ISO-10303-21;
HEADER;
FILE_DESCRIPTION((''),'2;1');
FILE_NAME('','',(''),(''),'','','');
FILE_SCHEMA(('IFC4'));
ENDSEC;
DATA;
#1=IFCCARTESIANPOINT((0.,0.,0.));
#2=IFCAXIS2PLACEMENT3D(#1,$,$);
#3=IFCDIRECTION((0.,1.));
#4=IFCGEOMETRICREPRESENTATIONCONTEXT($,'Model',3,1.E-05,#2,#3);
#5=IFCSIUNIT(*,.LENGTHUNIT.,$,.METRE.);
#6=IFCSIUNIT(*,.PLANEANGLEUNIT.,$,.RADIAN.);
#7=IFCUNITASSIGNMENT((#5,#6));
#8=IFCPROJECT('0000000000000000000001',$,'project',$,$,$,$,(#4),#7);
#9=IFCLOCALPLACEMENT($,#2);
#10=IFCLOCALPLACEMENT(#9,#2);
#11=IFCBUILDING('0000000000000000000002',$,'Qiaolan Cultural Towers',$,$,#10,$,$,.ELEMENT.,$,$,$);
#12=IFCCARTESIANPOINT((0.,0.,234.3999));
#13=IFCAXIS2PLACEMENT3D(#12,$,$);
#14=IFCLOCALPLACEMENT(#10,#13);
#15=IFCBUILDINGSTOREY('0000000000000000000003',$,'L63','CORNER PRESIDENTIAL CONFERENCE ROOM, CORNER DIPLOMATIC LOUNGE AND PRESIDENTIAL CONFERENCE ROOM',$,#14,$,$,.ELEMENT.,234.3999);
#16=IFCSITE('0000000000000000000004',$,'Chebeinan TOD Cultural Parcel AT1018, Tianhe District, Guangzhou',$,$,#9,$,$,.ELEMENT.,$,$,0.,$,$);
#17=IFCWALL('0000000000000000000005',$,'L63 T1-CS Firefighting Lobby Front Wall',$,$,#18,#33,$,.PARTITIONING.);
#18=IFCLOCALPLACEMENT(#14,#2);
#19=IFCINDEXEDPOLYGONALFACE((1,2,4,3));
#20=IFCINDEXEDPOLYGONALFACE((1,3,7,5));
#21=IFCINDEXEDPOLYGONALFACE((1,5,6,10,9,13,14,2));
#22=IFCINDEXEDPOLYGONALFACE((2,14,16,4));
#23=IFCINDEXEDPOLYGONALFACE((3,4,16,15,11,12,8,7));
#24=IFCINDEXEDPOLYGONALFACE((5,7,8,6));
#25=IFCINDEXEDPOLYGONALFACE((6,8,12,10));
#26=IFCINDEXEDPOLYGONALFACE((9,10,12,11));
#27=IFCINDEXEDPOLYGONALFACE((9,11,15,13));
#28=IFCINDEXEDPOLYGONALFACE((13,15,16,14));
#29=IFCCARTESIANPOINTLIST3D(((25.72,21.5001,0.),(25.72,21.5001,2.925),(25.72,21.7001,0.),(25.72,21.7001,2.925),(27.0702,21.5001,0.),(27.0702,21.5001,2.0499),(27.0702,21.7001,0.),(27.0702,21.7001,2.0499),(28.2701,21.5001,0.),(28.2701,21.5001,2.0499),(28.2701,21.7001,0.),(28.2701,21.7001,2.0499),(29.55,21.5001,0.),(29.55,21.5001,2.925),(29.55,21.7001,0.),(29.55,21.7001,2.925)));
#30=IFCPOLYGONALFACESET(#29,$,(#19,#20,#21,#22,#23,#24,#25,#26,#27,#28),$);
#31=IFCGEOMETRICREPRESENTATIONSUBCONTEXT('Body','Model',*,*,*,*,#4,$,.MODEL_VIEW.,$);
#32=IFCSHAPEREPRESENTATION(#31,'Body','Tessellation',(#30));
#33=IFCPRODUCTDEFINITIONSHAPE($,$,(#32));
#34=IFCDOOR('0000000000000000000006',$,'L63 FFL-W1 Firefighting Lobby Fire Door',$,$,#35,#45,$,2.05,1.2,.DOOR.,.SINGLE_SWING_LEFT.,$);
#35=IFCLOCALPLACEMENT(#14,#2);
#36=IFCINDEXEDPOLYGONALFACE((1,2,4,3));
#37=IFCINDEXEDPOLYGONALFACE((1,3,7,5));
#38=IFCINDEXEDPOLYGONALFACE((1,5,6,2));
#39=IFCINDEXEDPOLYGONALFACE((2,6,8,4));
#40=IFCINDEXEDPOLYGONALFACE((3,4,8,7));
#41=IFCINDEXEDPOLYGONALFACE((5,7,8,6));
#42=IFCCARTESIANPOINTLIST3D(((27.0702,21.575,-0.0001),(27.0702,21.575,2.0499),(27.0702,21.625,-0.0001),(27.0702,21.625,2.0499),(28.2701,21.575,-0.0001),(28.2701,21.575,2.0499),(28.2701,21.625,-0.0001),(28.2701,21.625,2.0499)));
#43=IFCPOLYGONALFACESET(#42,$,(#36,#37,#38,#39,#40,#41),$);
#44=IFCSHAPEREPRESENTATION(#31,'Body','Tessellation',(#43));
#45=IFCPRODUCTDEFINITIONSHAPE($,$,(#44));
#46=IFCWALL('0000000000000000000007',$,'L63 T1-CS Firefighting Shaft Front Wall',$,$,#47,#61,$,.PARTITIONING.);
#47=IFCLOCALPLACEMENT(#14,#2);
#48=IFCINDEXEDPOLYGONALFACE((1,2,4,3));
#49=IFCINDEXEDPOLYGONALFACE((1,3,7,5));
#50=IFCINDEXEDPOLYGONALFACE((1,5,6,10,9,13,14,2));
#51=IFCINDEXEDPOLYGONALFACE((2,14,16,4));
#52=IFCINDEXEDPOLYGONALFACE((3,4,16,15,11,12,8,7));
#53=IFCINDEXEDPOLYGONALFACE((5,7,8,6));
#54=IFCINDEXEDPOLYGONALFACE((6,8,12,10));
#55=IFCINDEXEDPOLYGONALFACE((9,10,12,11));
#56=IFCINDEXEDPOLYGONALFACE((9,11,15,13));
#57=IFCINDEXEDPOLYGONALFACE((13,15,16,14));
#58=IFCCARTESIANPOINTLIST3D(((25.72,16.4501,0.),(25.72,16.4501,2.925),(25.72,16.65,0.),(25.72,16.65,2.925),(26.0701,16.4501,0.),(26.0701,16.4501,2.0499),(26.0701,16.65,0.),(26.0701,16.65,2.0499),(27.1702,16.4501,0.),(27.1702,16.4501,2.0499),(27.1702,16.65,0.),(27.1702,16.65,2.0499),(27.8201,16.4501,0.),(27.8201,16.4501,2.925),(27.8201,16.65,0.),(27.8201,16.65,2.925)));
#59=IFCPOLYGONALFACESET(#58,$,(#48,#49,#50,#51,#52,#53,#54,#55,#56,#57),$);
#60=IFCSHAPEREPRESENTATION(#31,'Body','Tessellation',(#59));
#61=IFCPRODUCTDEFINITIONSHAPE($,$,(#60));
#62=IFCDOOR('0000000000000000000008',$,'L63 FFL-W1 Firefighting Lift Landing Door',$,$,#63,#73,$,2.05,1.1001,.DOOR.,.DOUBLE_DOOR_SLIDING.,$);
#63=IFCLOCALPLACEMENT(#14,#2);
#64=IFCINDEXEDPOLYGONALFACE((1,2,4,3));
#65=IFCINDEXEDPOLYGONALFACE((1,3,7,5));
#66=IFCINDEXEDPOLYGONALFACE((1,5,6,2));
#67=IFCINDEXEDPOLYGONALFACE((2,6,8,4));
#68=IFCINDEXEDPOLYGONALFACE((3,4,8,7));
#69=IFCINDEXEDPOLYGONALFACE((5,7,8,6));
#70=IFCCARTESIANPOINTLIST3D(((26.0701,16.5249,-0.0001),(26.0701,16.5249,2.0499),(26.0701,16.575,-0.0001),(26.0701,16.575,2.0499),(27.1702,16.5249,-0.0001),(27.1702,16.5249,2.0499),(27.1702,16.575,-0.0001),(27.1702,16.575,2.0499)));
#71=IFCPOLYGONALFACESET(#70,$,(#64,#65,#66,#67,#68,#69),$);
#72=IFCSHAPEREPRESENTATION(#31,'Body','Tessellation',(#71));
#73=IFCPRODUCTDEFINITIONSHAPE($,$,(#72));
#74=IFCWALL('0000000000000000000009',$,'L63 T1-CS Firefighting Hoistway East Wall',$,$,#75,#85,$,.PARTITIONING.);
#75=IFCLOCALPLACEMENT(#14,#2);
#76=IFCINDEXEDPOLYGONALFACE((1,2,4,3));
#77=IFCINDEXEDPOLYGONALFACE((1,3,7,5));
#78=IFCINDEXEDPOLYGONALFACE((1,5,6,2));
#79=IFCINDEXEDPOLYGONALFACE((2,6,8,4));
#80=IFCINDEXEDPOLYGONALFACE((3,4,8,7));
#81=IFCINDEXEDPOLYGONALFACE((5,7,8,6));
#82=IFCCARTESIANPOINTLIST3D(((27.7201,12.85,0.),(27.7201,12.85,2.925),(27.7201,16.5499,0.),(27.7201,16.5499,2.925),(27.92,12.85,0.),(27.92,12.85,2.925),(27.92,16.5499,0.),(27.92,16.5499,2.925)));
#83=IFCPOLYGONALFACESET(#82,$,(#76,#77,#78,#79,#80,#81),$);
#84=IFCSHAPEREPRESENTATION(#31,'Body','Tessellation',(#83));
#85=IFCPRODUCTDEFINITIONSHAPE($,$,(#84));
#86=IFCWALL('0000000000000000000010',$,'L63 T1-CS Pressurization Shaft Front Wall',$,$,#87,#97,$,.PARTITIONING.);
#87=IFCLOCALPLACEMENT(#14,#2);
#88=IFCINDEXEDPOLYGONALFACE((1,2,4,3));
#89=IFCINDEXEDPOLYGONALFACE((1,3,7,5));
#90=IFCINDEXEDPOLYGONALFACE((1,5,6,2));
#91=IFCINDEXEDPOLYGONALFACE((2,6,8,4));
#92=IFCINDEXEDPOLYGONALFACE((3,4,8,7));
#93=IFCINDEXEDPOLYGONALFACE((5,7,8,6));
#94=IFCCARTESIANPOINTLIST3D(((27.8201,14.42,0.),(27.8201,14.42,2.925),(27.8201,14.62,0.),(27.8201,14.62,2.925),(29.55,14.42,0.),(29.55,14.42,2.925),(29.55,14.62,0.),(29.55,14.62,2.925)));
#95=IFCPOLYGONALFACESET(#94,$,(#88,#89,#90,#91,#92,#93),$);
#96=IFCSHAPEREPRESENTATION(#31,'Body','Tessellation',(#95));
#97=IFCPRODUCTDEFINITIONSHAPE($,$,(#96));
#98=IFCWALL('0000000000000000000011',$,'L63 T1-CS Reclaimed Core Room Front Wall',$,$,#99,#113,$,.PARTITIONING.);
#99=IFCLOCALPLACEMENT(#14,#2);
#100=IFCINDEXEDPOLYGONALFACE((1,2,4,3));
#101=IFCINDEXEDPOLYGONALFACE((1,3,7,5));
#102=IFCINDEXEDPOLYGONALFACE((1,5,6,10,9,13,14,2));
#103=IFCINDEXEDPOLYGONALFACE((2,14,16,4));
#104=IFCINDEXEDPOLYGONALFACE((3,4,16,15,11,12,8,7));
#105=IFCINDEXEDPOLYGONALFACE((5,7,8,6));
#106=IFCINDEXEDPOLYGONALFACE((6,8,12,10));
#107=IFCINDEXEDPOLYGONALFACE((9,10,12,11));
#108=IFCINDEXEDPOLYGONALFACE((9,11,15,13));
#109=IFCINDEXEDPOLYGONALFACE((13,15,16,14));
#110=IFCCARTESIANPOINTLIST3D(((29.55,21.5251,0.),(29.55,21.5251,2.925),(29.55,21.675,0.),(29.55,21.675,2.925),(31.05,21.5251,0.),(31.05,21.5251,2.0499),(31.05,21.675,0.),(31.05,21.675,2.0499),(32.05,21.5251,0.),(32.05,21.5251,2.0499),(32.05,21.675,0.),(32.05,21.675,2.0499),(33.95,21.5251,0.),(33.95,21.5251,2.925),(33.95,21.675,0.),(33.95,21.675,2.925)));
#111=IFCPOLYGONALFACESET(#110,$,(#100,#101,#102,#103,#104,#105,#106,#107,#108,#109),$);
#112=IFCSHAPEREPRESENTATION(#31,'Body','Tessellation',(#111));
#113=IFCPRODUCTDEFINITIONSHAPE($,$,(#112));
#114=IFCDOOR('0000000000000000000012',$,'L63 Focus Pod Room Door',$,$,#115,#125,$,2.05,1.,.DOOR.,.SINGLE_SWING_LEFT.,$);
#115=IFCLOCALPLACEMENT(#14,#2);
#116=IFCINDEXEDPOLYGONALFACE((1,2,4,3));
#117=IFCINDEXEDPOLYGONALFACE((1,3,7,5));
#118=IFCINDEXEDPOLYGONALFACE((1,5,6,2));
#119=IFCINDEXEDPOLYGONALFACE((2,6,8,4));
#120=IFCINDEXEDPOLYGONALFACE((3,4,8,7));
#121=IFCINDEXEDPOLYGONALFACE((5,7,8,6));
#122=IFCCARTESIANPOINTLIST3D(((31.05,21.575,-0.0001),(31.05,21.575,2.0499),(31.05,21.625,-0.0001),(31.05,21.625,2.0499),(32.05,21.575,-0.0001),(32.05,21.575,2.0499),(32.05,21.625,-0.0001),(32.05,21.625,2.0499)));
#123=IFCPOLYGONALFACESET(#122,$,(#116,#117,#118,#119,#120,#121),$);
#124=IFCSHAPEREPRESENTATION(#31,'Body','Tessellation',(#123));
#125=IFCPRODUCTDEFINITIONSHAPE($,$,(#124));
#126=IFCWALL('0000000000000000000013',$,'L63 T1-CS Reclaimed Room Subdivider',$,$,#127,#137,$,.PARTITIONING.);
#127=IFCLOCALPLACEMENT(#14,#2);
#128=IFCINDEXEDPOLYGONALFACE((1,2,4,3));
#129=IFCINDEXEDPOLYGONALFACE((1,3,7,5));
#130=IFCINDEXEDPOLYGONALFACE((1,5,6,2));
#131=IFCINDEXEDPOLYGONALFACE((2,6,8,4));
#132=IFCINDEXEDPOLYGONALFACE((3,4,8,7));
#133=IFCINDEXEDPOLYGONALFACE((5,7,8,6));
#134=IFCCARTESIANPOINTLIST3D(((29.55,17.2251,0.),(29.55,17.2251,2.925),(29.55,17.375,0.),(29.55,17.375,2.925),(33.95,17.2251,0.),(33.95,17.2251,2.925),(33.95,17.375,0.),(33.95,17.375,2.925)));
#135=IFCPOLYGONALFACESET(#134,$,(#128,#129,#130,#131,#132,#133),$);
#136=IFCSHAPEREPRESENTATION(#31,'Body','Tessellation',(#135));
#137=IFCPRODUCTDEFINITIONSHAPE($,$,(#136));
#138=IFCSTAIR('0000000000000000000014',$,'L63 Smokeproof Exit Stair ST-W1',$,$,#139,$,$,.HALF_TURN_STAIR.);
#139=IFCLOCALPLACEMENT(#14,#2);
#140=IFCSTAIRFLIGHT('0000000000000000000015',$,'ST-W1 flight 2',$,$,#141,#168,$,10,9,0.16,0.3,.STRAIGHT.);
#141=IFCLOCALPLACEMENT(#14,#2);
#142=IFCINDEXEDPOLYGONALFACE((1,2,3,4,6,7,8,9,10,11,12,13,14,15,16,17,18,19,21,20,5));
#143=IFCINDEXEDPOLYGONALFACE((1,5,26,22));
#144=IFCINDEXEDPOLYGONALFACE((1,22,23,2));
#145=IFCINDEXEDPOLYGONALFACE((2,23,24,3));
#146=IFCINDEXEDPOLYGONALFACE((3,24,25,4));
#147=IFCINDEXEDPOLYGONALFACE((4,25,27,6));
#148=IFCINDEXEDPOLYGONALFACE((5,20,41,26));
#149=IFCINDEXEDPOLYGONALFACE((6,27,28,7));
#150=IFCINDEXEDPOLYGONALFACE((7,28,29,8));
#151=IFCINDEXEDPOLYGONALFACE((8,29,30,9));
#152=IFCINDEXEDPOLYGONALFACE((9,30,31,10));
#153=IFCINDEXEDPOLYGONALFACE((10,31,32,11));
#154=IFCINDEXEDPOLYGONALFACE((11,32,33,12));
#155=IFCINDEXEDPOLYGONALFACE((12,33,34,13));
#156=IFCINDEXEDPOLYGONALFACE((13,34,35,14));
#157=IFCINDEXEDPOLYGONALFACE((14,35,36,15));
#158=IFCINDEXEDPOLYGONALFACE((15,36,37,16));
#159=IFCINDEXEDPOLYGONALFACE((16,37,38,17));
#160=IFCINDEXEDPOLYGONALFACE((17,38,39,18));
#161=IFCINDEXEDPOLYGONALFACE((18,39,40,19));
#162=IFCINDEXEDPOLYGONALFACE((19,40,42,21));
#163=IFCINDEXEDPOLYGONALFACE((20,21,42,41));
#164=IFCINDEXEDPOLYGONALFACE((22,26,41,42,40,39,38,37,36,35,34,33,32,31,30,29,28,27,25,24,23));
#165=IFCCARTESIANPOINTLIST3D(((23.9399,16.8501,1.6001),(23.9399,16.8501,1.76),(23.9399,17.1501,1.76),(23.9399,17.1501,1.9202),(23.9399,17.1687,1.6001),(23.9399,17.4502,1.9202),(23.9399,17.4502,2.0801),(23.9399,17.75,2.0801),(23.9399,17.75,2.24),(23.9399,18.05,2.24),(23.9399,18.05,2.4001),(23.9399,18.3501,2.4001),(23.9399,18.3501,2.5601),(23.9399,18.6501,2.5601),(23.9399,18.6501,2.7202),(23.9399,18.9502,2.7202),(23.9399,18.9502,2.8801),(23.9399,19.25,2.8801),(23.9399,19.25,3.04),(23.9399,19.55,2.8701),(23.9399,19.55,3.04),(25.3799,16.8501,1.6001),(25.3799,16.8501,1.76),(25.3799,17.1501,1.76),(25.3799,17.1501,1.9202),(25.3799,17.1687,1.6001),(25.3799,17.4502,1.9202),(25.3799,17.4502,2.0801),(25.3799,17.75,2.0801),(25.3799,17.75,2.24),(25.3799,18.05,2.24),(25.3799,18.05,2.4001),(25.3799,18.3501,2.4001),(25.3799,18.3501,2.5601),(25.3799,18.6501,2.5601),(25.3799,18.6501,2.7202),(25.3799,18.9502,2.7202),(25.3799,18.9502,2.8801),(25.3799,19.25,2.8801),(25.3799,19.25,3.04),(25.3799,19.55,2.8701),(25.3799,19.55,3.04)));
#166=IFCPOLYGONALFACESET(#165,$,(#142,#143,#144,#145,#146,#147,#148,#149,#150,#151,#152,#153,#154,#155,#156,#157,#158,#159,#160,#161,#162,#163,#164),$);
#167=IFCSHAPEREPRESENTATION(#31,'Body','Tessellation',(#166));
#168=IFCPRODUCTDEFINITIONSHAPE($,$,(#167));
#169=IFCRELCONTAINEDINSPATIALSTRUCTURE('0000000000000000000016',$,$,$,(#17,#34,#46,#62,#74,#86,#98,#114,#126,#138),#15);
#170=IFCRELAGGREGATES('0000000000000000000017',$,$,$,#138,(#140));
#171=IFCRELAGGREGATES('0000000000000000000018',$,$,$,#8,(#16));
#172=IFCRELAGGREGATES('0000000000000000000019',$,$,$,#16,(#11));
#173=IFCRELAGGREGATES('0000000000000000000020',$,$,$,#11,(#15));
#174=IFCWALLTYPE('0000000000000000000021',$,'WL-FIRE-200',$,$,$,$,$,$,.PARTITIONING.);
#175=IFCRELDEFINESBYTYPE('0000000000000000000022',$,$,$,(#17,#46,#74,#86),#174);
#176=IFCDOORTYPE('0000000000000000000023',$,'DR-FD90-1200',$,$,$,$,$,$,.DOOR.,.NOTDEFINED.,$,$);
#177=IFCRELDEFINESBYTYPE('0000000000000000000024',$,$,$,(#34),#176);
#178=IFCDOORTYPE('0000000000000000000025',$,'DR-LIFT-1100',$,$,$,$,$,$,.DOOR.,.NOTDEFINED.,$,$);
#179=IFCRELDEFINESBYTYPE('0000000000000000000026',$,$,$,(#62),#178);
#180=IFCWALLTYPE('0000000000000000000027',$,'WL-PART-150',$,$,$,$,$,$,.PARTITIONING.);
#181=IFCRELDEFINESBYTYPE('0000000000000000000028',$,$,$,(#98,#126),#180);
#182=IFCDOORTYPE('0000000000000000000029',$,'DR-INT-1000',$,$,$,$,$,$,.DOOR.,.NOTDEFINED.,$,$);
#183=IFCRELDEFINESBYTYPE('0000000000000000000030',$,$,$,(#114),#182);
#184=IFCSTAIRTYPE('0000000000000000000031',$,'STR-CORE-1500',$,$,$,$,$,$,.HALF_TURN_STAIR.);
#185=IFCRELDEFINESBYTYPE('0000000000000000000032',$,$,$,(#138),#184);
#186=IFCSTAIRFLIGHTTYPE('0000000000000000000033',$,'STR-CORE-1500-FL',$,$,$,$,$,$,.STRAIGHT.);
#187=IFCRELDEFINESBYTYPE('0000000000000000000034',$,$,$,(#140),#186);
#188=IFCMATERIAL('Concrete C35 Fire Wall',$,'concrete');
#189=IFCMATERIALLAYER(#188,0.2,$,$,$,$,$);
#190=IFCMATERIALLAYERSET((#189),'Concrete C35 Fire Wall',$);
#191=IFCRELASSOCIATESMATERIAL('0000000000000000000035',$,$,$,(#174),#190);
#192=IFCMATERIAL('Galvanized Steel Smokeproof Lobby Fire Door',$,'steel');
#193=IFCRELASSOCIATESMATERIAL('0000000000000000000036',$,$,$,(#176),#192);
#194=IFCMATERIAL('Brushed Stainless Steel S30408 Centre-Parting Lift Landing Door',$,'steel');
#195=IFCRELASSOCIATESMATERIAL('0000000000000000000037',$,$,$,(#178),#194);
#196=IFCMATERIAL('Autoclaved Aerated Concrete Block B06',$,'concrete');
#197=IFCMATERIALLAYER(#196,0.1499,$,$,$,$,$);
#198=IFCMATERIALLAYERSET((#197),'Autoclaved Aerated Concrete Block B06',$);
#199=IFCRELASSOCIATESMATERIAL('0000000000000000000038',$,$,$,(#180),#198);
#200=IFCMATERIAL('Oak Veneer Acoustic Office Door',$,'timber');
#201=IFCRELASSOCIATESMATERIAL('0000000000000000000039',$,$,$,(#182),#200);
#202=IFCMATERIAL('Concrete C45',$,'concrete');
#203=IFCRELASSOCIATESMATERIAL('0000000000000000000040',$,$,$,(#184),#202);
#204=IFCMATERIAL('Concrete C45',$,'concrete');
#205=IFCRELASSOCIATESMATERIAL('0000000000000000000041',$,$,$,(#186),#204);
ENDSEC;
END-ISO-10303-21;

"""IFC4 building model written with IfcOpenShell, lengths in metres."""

from ifc_helpers import new_model, si_unit, direction, frame, frame_2d, origin, place, context, subcontext, project, spatial, polyline, rectangle, outline, extrude, material, layer, layer_set, type_object, element, fill, aggregate, save


model = new_model("IFC4")

# Units and contexts
model_context = context("Model", 3, precision=1e-05, world=origin(), true_north=direction((0.0, 1.0)))
body_context = subcontext(model_context, "Body", "Model", "MODEL_VIEW")
ifc_project = project(units=[si_unit("LENGTHUNIT", "METRE"), si_unit("PLANEANGLEUNIT", "RADIAN")], contexts=[model_context])

# Site, building, storey
site_placement = place(None, origin())
site = spatial("IfcSite", under=ifc_project, at=site_placement, Name="Chebeinan TOD Cultural Parcel AT1018, Tianhe District, Guangzhou", CompositionType="ELEMENT", RefElevation=0.0)
building_placement = place(site_placement, origin())
building = spatial("IfcBuilding", under=site, at=building_placement, Name="Qiaolan Cultural Towers", CompositionType="ELEMENT")
storey_placement = place(building_placement, frame((0.0, 0.0, 234.3999)))
storey = spatial("IfcBuildingStorey", under=building, at=storey_placement, Name="L63", Description="CORNER PRESIDENTIAL CONFERENCE ROOM, CORNER DIPLOMATIC LOUNGE AND PRESIDENTIAL CONFERENCE ROOM", CompositionType="ELEMENT", Elevation=234.3999)

# Shared definitions
ifc_material_1 = material(Name="Concrete C35 Fire Wall", Category="concrete")
ifc_layer_1 = layer(ifc_material_1, 0.2)
ifc_layer_set_1 = layer_set([ifc_layer_1], Name="Concrete C35 Fire Wall")
wall_type_1 = type_object("IfcWallType", Name="WL-FIRE-200", PredefinedType="PARTITIONING", material=ifc_layer_set_1)

# Walls, openings, doors
wall_1_placement = place(storey_placement, frame((25.72, 21.6001, 0.0), z_axis=(0.0, 0.0, 1.0), x_axis=(1.0, 0.0, 0.0)))
wall_1 = element("IfcWall", 1, at=wall_1_placement, inside=storey, type_object=wall_type_1, Name="L63 T1-CS Firefighting Lobby Front Wall", PredefinedType="PARTITIONING", context=body_context, shape_type="SweptSolid", body=[
    extrude(rectangle(XDim=3.8301, YDim=0.2, at=frame_2d((1.915, 0.0))), origin(), (0.0, 0.0, 1.0), 2.925),
])
opening_1_placement = place(wall_1_placement, frame((1.3501, 0.0, 0.0)))
opening_1 = element("IfcOpeningElement", 2, at=opening_1_placement, cuts=wall_1, PredefinedType="OPENING", context=body_context, shape_type="SweptSolid", body=[
    extrude(rectangle(XDim=1.2, YDim=2.05, at=frame_2d((0.6001, 1.0249))), frame((0.0, 0.1099, 0.0), z_axis=(0.0, -1.0, 0.0), x_axis=(1.0, 0.0, 0.0)), (0.0, 0.0, 1.0), 0.22),
])
ifc_material_2 = material(Name="Galvanized Steel Smokeproof Lobby Fire Door", Category="steel")
door_type_1 = type_object("IfcDoorType", Name="DR-FD90-1200", OperationType="NOTDEFINED", PredefinedType="DOOR", material=ifc_material_2)
door_1_placement = place(opening_1_placement, origin())
door_1 = element("IfcDoor", 3, at=door_1_placement, inside=storey, type_object=door_type_1, Name="L63 FFL-W1 Firefighting Lobby Fire Door", OperationType="SINGLE_SWING_LEFT", OverallHeight=2.05, OverallWidth=1.2, PredefinedType="DOOR", context=body_context, shape_type="SweptSolid", body=[
    extrude(rectangle(XDim=1.2, YDim=2.05, at=frame_2d((0.6001, 1.0249))), frame((0.0, 0.0249, 0.0), z_axis=(0.0, -1.0, 0.0), x_axis=(1.0, 0.0, 0.0)), (0.0, 0.0, 1.0), 0.05),
])
fill(opening_1, door_1)
wall_2_placement = place(storey_placement, frame((25.72, 16.55, 0.0), z_axis=(0.0, 0.0, 1.0), x_axis=(1.0, 0.0, 0.0)))
wall_2 = element("IfcWall", 4, at=wall_2_placement, inside=storey, type_object=wall_type_1, Name="L63 T1-CS Firefighting Shaft Front Wall", PredefinedType="PARTITIONING", context=body_context, shape_type="SweptSolid", body=[
    extrude(rectangle(XDim=2.1001, YDim=0.2, at=frame_2d((1.05, 0.0))), origin(), (0.0, 0.0, 1.0), 2.925),
])
opening_2_placement = place(wall_2_placement, frame((0.3501, 0.0, 0.0)))
opening_2 = element("IfcOpeningElement", 5, at=opening_2_placement, cuts=wall_2, PredefinedType="OPENING", context=body_context, shape_type="SweptSolid", body=[
    extrude(rectangle(XDim=1.1001, YDim=2.05, at=frame_2d((0.55, 1.0249))), frame((0.0, 0.1099, 0.0), z_axis=(0.0, -1.0, 0.0), x_axis=(1.0, 0.0, 0.0)), (0.0, 0.0, 1.0), 0.22),
])
ifc_material_3 = material(Name="Brushed Stainless Steel S30408 Centre-Parting Lift Landing Door", Category="steel")
door_type_2 = type_object("IfcDoorType", Name="DR-LIFT-1100", OperationType="NOTDEFINED", PredefinedType="DOOR", material=ifc_material_3)
door_2_placement = place(opening_2_placement, origin())
door_2 = element("IfcDoor", 6, at=door_2_placement, inside=storey, type_object=door_type_2, Name="L63 FFL-W1 Firefighting Lift Landing Door", OperationType="DOUBLE_DOOR_SLIDING", OverallHeight=2.05, OverallWidth=1.1001, PredefinedType="DOOR", context=body_context, shape_type="SweptSolid", body=[
    extrude(rectangle(XDim=1.1001, YDim=2.05, at=frame_2d((0.55, 1.0249))), frame((0.0, 0.0249, 0.0), z_axis=(0.0, -1.0, 0.0), x_axis=(1.0, 0.0, 0.0)), (0.0, 0.0, 1.0), 0.05),
])
fill(opening_2, door_2)

# Walls
wall_3_placement = place(storey_placement, frame((27.8201, 16.55, 0.0), z_axis=(0.0, 0.0, 1.0), x_axis=(0.0, -1.0, 0.0)))
element("IfcWall", 7, at=wall_3_placement, inside=storey, type_object=wall_type_1, Name="L63 T1-CS Firefighting Hoistway East Wall", PredefinedType="PARTITIONING", context=body_context, shape_type="SweptSolid", body=[
    extrude(rectangle(XDim=3.7, YDim=0.2, at=frame_2d((1.8501, 0.0))), origin(), (0.0, 0.0, 1.0), 2.925),
])
wall_4_placement = place(storey_placement, frame((27.8201, 14.52, 0.0), z_axis=(0.0, 0.0, 1.0), x_axis=(1.0, 0.0, 0.0)))
element("IfcWall", 8, at=wall_4_placement, inside=storey, type_object=wall_type_1, Name="L63 T1-CS Pressurization Shaft Front Wall", PredefinedType="PARTITIONING", context=body_context, shape_type="SweptSolid", body=[
    extrude(rectangle(XDim=1.73, YDim=0.2, at=frame_2d((0.865, 0.0))), origin(), (0.0, 0.0, 1.0), 2.925),
])

# Wall, opening, door
ifc_material_4 = material(Name="Autoclaved Aerated Concrete Block B06", Category="concrete")
ifc_layer_2 = layer(ifc_material_4, 0.1499)
ifc_layer_set_2 = layer_set([ifc_layer_2], Name="Autoclaved Aerated Concrete Block B06")
wall_type_2 = type_object("IfcWallType", Name="WL-PART-150", PredefinedType="PARTITIONING", material=ifc_layer_set_2)
wall_5_placement = place(storey_placement, frame((29.55, 21.6001, 0.0), z_axis=(0.0, 0.0, 1.0), x_axis=(1.0, 0.0, 0.0)))
wall_5 = element("IfcWall", 9, at=wall_5_placement, inside=storey, type_object=wall_type_2, Name="L63 T1-CS Reclaimed Core Room Front Wall", PredefinedType="PARTITIONING", context=body_context, shape_type="SweptSolid", body=[
    extrude(rectangle(XDim=4.3999, YDim=0.1499, at=frame_2d((2.2, 0.0))), origin(), (0.0, 0.0, 1.0), 2.925),
])
opening_3_placement = place(wall_5_placement, frame((1.5, 0.0, 0.0)))
opening_3 = element("IfcOpeningElement", 10, at=opening_3_placement, cuts=wall_5, PredefinedType="OPENING", context=body_context, shape_type="SweptSolid", body=[
    extrude(rectangle(XDim=1.0, YDim=2.05, at=frame_2d((0.5, 1.0249))), frame((0.0, 0.085, 0.0), z_axis=(0.0, -1.0, 0.0), x_axis=(1.0, 0.0, 0.0)), (0.0, 0.0, 1.0), 0.1699),
])
ifc_material_5 = material(Name="Oak Veneer Acoustic Office Door", Category="timber")
door_type_3 = type_object("IfcDoorType", Name="DR-INT-1000", OperationType="NOTDEFINED", PredefinedType="DOOR", material=ifc_material_5)
door_3_placement = place(opening_3_placement, origin())
door_3 = element("IfcDoor", 11, at=door_3_placement, inside=storey, type_object=door_type_3, Name="L63 Focus Pod Room Door", OperationType="SINGLE_SWING_LEFT", OverallHeight=2.05, OverallWidth=1.0, PredefinedType="DOOR", context=body_context, shape_type="SweptSolid", body=[
    extrude(rectangle(XDim=1.0, YDim=2.05, at=frame_2d((0.5, 1.0249))), frame((0.0, 0.0249, 0.0), z_axis=(0.0, -1.0, 0.0), x_axis=(1.0, 0.0, 0.0)), (0.0, 0.0, 1.0), 0.05),
])
fill(opening_3, door_3)

# Wall
wall_6_placement = place(storey_placement, frame((29.55, 17.3, 0.0), z_axis=(0.0, 0.0, 1.0), x_axis=(1.0, 0.0, 0.0)))
element("IfcWall", 12, at=wall_6_placement, inside=storey, type_object=wall_type_2, Name="L63 T1-CS Reclaimed Room Subdivider", PredefinedType="PARTITIONING", context=body_context, shape_type="SweptSolid", body=[
    extrude(rectangle(XDim=4.3999, YDim=0.1499, at=frame_2d((2.2, 0.0))), origin(), (0.0, 0.0, 1.0), 2.925),
])

# Stair, stair flight
ifc_material_6 = material(Name="Concrete C45", Category="concrete")
stair_type = type_object("IfcStairType", Name="STR-CORE-1500", PredefinedType="HALF_TURN_STAIR", material=ifc_material_6)
stair_placement = place(storey_placement, origin())
stair = element("IfcStair", 13, at=stair_placement, inside=storey, type_object=stair_type, Name="L63 Smokeproof Exit Stair ST-W1", PredefinedType="HALF_TURN_STAIR")
ifc_material_7 = material(Name="Concrete C45", Category="concrete")
stair_flight_type = type_object("IfcStairFlightType", Name="STR-CORE-1500-FL", PredefinedType="STRAIGHT", material=ifc_material_7)
stair_flight_placement = place(storey_placement, frame((24.6599, 16.8501, 1.6001), z_axis=(0.0, 0.0, 1.0), x_axis=(0.0, 1.0, 0.0)))
stair_flight = element("IfcStairFlight", 14, at=stair_flight_placement, type_object=stair_flight_type, Name="ST-W1 flight 2", NumberOfRisers=10, NumberOfTreads=9, PredefinedType="STRAIGHT", RiserHeight=0.16, TreadLength=0.3, context=body_context, shape_type="SweptSolid", body=[
    extrude(outline(polyline([(0.0, 0.0), (0.0, 0.1599), (0.3, 0.1599), (0.3, 0.3201), (0.6001, 0.3201), (0.6001, 0.48), (0.8999, 0.48), (0.8999, 0.6399), (1.2, 0.6399), (1.2, 0.8), (1.5, 0.8), (1.5, 0.96), (1.8, 0.96), (1.8, 1.1201), (2.1001, 1.1201), (2.1001, 1.28), (2.3999, 1.28), (2.3999, 1.4399), (2.7, 1.4399), (2.7, 1.6001), (2.7, 1.27), (0.3186, 0.0), (0.0, 0.0)])), frame((0.0, 0.72, 0.0), z_axis=(0.0, -1.0, 0.0), x_axis=(1.0, 0.0, 0.0)), (0.0, 0.0, 1.0), 1.4399),
])
aggregate(stair, [stair_flight])

save(model, "model.ifc")
